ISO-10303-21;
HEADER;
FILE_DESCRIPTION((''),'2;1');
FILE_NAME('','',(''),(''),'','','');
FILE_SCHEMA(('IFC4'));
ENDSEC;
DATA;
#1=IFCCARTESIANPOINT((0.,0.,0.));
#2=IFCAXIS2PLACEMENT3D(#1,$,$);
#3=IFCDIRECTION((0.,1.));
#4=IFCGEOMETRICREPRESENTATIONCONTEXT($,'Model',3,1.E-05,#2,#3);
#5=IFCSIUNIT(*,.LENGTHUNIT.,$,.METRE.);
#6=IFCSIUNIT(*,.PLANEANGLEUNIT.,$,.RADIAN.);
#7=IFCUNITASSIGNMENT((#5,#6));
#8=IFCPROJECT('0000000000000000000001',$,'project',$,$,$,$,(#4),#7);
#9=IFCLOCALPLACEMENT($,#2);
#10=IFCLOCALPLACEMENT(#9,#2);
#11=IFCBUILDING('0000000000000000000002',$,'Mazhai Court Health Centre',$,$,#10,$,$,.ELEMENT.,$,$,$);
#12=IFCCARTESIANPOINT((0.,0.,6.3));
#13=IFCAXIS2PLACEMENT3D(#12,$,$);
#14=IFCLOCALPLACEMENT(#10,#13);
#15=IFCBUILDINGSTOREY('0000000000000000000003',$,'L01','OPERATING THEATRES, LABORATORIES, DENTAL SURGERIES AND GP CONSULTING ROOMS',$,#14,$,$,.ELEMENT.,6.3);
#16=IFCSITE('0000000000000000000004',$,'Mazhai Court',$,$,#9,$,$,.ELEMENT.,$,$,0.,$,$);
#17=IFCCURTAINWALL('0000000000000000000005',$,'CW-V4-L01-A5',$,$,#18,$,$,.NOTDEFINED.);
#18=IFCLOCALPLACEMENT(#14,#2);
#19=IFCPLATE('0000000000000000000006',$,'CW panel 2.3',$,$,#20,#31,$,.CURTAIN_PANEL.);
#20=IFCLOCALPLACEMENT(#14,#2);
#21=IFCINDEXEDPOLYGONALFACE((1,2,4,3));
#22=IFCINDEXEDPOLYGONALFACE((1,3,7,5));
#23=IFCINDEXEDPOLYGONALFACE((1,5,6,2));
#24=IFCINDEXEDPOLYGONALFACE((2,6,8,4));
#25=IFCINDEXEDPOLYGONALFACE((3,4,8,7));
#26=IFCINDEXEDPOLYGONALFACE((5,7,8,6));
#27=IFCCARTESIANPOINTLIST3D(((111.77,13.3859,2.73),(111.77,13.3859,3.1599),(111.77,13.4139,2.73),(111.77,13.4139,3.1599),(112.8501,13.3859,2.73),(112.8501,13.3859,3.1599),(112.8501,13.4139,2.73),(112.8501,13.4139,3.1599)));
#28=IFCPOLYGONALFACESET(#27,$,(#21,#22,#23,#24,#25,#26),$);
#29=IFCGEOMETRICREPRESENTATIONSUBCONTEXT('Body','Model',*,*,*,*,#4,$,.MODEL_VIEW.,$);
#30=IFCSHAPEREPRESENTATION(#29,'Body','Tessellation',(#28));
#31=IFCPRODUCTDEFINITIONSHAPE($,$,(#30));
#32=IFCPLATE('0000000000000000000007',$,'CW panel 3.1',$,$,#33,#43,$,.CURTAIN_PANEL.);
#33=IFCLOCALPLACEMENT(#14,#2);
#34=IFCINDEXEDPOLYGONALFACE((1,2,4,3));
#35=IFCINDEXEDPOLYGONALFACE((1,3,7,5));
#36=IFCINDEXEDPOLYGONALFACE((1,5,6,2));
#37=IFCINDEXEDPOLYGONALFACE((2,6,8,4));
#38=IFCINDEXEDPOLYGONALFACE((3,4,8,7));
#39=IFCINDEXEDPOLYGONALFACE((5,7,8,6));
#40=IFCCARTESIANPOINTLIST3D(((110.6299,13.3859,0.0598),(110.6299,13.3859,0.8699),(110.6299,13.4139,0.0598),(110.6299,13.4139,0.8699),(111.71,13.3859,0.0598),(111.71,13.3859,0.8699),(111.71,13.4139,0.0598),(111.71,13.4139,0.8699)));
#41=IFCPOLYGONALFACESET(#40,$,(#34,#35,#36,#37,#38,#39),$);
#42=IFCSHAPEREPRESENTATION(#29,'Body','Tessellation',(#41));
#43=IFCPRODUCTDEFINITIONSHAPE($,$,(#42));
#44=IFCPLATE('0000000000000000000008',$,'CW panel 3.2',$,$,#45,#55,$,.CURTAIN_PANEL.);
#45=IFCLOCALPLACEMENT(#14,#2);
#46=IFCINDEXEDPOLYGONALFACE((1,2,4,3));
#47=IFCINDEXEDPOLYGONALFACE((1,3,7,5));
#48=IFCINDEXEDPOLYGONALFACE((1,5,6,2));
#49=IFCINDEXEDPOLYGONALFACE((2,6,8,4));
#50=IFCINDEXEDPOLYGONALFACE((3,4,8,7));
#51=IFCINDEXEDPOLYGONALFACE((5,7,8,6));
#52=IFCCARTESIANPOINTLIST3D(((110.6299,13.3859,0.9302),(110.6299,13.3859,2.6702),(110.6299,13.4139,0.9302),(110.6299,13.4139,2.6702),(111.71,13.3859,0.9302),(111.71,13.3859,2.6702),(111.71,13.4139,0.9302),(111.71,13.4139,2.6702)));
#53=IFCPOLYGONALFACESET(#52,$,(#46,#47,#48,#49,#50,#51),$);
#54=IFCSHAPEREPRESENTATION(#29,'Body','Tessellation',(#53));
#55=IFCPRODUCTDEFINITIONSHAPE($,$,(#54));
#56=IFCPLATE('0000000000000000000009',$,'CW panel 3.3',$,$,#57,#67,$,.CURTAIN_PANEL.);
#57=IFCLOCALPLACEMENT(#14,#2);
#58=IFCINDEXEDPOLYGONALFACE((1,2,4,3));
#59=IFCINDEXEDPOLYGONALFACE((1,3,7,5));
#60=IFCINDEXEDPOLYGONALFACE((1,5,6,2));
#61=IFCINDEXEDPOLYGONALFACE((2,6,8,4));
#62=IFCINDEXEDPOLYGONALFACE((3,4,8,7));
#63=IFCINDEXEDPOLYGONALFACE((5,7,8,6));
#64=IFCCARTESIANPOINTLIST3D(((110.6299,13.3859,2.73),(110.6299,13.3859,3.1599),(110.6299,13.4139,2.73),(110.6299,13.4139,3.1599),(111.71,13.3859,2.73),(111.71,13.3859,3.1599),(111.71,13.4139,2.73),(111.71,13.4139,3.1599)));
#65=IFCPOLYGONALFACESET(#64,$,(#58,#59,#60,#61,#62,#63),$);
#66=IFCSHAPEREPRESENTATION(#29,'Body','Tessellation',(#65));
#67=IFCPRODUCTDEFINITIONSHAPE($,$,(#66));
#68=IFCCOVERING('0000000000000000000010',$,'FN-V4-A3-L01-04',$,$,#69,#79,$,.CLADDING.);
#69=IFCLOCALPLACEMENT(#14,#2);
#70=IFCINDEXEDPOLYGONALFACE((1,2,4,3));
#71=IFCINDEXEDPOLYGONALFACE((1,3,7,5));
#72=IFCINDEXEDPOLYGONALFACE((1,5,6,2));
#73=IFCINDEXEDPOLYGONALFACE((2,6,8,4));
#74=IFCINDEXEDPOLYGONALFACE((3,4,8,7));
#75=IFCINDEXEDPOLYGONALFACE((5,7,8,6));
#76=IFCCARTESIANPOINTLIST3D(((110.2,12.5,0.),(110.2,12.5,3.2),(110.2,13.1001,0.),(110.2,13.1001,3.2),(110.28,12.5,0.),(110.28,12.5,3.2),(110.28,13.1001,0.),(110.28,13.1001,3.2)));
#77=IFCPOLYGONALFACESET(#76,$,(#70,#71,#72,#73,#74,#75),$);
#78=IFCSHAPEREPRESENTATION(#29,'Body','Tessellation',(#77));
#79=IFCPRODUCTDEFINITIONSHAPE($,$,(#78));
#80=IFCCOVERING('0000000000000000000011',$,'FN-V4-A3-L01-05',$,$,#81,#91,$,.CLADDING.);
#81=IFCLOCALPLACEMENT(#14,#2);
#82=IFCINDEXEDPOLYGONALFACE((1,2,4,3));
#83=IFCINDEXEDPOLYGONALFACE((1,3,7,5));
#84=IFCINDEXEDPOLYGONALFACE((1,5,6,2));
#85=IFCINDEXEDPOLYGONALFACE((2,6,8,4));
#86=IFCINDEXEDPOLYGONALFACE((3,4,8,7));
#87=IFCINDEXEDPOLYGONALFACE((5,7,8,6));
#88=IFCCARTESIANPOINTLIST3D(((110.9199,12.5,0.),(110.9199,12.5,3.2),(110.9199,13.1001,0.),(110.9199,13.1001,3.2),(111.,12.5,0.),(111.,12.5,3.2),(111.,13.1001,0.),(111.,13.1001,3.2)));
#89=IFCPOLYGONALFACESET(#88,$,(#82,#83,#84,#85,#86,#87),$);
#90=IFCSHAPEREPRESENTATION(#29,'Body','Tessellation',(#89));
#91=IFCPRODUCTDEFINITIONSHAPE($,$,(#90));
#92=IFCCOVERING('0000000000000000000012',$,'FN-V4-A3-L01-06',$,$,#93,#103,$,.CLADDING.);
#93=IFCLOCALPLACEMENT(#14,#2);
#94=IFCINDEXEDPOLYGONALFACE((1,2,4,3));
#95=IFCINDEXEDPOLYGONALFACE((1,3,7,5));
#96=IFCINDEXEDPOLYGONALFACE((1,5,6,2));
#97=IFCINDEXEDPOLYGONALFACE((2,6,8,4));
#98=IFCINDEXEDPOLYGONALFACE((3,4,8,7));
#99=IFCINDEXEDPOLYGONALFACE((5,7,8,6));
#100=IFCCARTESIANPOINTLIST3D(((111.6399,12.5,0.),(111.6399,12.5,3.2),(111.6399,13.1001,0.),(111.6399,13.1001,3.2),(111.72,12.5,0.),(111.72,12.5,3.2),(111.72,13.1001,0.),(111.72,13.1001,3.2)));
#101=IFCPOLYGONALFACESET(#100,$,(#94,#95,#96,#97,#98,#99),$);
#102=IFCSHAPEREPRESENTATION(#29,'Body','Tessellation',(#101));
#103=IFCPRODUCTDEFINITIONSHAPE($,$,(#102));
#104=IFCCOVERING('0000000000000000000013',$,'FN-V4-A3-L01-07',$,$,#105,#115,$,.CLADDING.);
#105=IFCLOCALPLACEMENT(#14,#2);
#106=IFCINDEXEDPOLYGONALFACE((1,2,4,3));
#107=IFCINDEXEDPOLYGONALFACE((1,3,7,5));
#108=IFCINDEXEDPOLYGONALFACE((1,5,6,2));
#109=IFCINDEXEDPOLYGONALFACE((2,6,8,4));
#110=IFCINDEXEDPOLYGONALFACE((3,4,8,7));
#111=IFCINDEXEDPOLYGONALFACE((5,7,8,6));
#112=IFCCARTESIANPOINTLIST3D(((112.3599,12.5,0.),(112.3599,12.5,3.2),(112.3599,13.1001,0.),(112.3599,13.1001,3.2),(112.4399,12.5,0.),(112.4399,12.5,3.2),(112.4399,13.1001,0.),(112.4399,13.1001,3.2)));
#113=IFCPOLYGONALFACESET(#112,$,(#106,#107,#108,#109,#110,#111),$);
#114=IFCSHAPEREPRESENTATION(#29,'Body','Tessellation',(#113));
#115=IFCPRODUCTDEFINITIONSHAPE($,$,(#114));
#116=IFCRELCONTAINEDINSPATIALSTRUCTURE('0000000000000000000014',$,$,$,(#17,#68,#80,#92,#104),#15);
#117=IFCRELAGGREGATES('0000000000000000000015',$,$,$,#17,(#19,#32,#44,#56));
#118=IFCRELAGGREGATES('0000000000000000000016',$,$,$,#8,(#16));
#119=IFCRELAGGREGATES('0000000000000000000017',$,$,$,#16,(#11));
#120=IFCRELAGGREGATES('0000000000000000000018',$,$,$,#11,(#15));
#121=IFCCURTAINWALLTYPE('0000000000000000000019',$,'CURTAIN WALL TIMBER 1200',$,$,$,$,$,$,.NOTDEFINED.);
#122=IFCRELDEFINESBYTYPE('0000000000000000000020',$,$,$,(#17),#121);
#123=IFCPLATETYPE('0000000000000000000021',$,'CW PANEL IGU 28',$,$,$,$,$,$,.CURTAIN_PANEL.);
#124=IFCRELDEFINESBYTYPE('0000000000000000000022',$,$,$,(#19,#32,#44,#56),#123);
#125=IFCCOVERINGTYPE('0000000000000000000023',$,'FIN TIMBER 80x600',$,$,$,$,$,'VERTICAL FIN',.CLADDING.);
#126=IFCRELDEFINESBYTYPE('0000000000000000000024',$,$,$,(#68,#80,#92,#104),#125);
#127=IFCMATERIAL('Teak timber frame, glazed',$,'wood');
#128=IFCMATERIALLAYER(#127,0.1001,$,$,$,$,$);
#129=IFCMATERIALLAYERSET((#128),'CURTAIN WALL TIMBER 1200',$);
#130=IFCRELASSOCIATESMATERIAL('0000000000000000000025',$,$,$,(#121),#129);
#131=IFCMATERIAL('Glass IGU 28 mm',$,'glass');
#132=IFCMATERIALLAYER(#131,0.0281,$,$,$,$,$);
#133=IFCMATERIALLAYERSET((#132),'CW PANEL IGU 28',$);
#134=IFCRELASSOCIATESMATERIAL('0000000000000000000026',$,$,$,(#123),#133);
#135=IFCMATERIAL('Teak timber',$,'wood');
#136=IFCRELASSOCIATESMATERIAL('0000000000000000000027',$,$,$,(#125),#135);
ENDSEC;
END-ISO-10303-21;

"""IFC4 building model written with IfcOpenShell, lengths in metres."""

from ifc_helpers import new_model, si_unit, direction, frame, origin, origin_2d, place, context, subcontext, project, spatial, rectangle, extrude, material, layer, layer_set, type_object, element, aggregate, save


model = new_model("IFC4")

# Units and contexts
model_context = context("Model", 3, precision=1e-05, world=origin(), true_north=direction((0.0, 1.0)))
body_context = subcontext(model_context, "Body", "Model", "MODEL_VIEW")
ifc_project = project(units=[si_unit("LENGTHUNIT", "METRE"), si_unit("PLANEANGLEUNIT", "RADIAN")], contexts=[model_context])

# Site, building, storey
site_placement = place(None, origin())
site = spatial("IfcSite", under=ifc_project, at=site_placement, Name="Mazhai Court", CompositionType="ELEMENT", RefElevation=0.0)
building_placement = place(site_placement, origin())
building = spatial("IfcBuilding", under=site, at=building_placement, Name="Mazhai Court Health Centre", CompositionType="ELEMENT")
storey_placement = place(building_placement, frame((0.0, 0.0, 6.3)))
storey = spatial("IfcBuildingStorey", under=building, at=storey_placement, Name="L01", Description="OPERATING THEATRES, LABORATORIES, DENTAL SURGERIES AND GP CONSULTING ROOMS", CompositionType="ELEMENT", Elevation=6.3)

# Curtain wall, plates
ifc_material_1 = material(Name="Teak timber frame, glazed", Category="wood")
ifc_layer_1 = layer(ifc_material_1, 0.1001)
ifc_layer_set_1 = layer_set([ifc_layer_1], Name="CURTAIN WALL TIMBER 1200")
curtain_wall_type = type_object("IfcCurtainWallType", Name="CURTAIN WALL TIMBER 1200", PredefinedType="NOTDEFINED", material=ifc_layer_set_1)
curtain_wall_placement = place(storey_placement, origin())
curtain_wall = element("IfcCurtainWall", 1, at=curtain_wall_placement, inside=storey, type_object=curtain_wall_type, Name="CW-V4-L01-A5", PredefinedType="NOTDEFINED")
ifc_material_2 = material(Name="Glass IGU 28 mm", Category="glass")
ifc_layer_2 = layer(ifc_material_2, 0.0281)
ifc_layer_set_2 = layer_set([ifc_layer_2], Name="CW PANEL IGU 28")
plate_type = type_object("IfcPlateType", Name="CW PANEL IGU 28", PredefinedType="CURTAIN_PANEL", material=ifc_layer_set_2)
plate_1_placement = place(storey_placement, frame((112.3101, 13.3999, 2.73), z_axis=(0.0, 0.0, 1.0), x_axis=(-1.0, 0.0, 0.0)))
plate_1 = element("IfcPlate", 2, at=plate_1_placement, type_object=plate_type, Name="CW panel 2.3", PredefinedType="CURTAIN_PANEL", context=body_context, shape_type="SweptSolid", body=[
    extrude(rectangle(XDim=1.0801, YDim=0.0281, at=origin_2d()), origin(), (0.0, 0.0, 1.0), 0.4299),
])
plate_2_placement = place(storey_placement, frame((111.1699, 13.3999, 0.0598), z_axis=(0.0, 0.0, 1.0), x_axis=(-1.0, 0.0, 0.0)))
plate_2 = element("IfcPlate", 3, at=plate_2_placement, type_object=plate_type, Name="CW panel 3.1", PredefinedType="CURTAIN_PANEL", context=body_context, shape_type="SweptSolid", body=[
    extrude(rectangle(XDim=1.0801, YDim=0.0281, at=origin_2d()), origin(), (0.0, 0.0, 1.0), 0.8101),
])
plate_3_placement = place(storey_placement, frame((111.1699, 13.3999, 0.9302), z_axis=(0.0, 0.0, 1.0), x_axis=(-1.0, 0.0, 0.0)))
plate_3 = element("IfcPlate", 4, at=plate_3_placement, type_object=plate_type, Name="CW panel 3.2", PredefinedType="CURTAIN_PANEL", context=body_context, shape_type="SweptSolid", body=[
    extrude(rectangle(XDim=1.0801, YDim=0.0281, at=origin_2d()), origin(), (0.0, 0.0, 1.0), 1.74),
])
plate_4_placement = place(storey_placement, frame((111.1699, 13.3999, 2.73), z_axis=(0.0, 0.0, 1.0), x_axis=(-1.0, 0.0, 0.0)))
plate_4 = element("IfcPlate", 5, at=plate_4_placement, type_object=plate_type, Name="CW panel 3.3", PredefinedType="CURTAIN_PANEL", context=body_context, shape_type="SweptSolid", body=[
    extrude(rectangle(XDim=1.0801, YDim=0.0281, at=origin_2d()), origin(), (0.0, 0.0, 1.0), 0.4299),
])
aggregate(curtain_wall, [plate_1, plate_2, plate_3, plate_4])

# Coverings
ifc_material_3 = material(Name="Teak timber", Category="wood")
covering_type = type_object("IfcCoveringType", Name="FIN TIMBER 80x600", ElementType="VERTICAL FIN", PredefinedType="CLADDING", material=ifc_material_3)
for number, where, z_axis, x_axis, name in (
    (6, (110.24, 12.8, 0.0), (0.0, 0.0, 1.0), (1.0, 0.0, 0.0), "FN-V4-A3-L01-04"),
    (7, (110.96, 12.8, 0.0), (0.0, 0.0, 1.0), (1.0, 0.0, 0.0), "FN-V4-A3-L01-05"),
    (8, (111.6799, 12.8, 0.0), (0.0, 0.0, 1.0), (1.0, 0.0, 0.0), "FN-V4-A3-L01-06"),
    (9, (112.3999, 12.8, 0.0), (0.0, 0.0, 1.0), (1.0, 0.0, 0.0), "FN-V4-A3-L01-07"),
):
    element("IfcCovering", number, at=place(storey_placement, frame(where, z_axis=z_axis, x_axis=x_axis)), inside=storey, type_object=covering_type, Name=name, PredefinedType="CLADDING", context=body_context, shape_type="SweptSolid", body=[
        extrude(rectangle(XDim=0.0801, YDim=0.6001, at=origin_2d()), origin(), (0.0, 0.0, 1.0), 3.2),
    ])

save(model, "model.ifc")
